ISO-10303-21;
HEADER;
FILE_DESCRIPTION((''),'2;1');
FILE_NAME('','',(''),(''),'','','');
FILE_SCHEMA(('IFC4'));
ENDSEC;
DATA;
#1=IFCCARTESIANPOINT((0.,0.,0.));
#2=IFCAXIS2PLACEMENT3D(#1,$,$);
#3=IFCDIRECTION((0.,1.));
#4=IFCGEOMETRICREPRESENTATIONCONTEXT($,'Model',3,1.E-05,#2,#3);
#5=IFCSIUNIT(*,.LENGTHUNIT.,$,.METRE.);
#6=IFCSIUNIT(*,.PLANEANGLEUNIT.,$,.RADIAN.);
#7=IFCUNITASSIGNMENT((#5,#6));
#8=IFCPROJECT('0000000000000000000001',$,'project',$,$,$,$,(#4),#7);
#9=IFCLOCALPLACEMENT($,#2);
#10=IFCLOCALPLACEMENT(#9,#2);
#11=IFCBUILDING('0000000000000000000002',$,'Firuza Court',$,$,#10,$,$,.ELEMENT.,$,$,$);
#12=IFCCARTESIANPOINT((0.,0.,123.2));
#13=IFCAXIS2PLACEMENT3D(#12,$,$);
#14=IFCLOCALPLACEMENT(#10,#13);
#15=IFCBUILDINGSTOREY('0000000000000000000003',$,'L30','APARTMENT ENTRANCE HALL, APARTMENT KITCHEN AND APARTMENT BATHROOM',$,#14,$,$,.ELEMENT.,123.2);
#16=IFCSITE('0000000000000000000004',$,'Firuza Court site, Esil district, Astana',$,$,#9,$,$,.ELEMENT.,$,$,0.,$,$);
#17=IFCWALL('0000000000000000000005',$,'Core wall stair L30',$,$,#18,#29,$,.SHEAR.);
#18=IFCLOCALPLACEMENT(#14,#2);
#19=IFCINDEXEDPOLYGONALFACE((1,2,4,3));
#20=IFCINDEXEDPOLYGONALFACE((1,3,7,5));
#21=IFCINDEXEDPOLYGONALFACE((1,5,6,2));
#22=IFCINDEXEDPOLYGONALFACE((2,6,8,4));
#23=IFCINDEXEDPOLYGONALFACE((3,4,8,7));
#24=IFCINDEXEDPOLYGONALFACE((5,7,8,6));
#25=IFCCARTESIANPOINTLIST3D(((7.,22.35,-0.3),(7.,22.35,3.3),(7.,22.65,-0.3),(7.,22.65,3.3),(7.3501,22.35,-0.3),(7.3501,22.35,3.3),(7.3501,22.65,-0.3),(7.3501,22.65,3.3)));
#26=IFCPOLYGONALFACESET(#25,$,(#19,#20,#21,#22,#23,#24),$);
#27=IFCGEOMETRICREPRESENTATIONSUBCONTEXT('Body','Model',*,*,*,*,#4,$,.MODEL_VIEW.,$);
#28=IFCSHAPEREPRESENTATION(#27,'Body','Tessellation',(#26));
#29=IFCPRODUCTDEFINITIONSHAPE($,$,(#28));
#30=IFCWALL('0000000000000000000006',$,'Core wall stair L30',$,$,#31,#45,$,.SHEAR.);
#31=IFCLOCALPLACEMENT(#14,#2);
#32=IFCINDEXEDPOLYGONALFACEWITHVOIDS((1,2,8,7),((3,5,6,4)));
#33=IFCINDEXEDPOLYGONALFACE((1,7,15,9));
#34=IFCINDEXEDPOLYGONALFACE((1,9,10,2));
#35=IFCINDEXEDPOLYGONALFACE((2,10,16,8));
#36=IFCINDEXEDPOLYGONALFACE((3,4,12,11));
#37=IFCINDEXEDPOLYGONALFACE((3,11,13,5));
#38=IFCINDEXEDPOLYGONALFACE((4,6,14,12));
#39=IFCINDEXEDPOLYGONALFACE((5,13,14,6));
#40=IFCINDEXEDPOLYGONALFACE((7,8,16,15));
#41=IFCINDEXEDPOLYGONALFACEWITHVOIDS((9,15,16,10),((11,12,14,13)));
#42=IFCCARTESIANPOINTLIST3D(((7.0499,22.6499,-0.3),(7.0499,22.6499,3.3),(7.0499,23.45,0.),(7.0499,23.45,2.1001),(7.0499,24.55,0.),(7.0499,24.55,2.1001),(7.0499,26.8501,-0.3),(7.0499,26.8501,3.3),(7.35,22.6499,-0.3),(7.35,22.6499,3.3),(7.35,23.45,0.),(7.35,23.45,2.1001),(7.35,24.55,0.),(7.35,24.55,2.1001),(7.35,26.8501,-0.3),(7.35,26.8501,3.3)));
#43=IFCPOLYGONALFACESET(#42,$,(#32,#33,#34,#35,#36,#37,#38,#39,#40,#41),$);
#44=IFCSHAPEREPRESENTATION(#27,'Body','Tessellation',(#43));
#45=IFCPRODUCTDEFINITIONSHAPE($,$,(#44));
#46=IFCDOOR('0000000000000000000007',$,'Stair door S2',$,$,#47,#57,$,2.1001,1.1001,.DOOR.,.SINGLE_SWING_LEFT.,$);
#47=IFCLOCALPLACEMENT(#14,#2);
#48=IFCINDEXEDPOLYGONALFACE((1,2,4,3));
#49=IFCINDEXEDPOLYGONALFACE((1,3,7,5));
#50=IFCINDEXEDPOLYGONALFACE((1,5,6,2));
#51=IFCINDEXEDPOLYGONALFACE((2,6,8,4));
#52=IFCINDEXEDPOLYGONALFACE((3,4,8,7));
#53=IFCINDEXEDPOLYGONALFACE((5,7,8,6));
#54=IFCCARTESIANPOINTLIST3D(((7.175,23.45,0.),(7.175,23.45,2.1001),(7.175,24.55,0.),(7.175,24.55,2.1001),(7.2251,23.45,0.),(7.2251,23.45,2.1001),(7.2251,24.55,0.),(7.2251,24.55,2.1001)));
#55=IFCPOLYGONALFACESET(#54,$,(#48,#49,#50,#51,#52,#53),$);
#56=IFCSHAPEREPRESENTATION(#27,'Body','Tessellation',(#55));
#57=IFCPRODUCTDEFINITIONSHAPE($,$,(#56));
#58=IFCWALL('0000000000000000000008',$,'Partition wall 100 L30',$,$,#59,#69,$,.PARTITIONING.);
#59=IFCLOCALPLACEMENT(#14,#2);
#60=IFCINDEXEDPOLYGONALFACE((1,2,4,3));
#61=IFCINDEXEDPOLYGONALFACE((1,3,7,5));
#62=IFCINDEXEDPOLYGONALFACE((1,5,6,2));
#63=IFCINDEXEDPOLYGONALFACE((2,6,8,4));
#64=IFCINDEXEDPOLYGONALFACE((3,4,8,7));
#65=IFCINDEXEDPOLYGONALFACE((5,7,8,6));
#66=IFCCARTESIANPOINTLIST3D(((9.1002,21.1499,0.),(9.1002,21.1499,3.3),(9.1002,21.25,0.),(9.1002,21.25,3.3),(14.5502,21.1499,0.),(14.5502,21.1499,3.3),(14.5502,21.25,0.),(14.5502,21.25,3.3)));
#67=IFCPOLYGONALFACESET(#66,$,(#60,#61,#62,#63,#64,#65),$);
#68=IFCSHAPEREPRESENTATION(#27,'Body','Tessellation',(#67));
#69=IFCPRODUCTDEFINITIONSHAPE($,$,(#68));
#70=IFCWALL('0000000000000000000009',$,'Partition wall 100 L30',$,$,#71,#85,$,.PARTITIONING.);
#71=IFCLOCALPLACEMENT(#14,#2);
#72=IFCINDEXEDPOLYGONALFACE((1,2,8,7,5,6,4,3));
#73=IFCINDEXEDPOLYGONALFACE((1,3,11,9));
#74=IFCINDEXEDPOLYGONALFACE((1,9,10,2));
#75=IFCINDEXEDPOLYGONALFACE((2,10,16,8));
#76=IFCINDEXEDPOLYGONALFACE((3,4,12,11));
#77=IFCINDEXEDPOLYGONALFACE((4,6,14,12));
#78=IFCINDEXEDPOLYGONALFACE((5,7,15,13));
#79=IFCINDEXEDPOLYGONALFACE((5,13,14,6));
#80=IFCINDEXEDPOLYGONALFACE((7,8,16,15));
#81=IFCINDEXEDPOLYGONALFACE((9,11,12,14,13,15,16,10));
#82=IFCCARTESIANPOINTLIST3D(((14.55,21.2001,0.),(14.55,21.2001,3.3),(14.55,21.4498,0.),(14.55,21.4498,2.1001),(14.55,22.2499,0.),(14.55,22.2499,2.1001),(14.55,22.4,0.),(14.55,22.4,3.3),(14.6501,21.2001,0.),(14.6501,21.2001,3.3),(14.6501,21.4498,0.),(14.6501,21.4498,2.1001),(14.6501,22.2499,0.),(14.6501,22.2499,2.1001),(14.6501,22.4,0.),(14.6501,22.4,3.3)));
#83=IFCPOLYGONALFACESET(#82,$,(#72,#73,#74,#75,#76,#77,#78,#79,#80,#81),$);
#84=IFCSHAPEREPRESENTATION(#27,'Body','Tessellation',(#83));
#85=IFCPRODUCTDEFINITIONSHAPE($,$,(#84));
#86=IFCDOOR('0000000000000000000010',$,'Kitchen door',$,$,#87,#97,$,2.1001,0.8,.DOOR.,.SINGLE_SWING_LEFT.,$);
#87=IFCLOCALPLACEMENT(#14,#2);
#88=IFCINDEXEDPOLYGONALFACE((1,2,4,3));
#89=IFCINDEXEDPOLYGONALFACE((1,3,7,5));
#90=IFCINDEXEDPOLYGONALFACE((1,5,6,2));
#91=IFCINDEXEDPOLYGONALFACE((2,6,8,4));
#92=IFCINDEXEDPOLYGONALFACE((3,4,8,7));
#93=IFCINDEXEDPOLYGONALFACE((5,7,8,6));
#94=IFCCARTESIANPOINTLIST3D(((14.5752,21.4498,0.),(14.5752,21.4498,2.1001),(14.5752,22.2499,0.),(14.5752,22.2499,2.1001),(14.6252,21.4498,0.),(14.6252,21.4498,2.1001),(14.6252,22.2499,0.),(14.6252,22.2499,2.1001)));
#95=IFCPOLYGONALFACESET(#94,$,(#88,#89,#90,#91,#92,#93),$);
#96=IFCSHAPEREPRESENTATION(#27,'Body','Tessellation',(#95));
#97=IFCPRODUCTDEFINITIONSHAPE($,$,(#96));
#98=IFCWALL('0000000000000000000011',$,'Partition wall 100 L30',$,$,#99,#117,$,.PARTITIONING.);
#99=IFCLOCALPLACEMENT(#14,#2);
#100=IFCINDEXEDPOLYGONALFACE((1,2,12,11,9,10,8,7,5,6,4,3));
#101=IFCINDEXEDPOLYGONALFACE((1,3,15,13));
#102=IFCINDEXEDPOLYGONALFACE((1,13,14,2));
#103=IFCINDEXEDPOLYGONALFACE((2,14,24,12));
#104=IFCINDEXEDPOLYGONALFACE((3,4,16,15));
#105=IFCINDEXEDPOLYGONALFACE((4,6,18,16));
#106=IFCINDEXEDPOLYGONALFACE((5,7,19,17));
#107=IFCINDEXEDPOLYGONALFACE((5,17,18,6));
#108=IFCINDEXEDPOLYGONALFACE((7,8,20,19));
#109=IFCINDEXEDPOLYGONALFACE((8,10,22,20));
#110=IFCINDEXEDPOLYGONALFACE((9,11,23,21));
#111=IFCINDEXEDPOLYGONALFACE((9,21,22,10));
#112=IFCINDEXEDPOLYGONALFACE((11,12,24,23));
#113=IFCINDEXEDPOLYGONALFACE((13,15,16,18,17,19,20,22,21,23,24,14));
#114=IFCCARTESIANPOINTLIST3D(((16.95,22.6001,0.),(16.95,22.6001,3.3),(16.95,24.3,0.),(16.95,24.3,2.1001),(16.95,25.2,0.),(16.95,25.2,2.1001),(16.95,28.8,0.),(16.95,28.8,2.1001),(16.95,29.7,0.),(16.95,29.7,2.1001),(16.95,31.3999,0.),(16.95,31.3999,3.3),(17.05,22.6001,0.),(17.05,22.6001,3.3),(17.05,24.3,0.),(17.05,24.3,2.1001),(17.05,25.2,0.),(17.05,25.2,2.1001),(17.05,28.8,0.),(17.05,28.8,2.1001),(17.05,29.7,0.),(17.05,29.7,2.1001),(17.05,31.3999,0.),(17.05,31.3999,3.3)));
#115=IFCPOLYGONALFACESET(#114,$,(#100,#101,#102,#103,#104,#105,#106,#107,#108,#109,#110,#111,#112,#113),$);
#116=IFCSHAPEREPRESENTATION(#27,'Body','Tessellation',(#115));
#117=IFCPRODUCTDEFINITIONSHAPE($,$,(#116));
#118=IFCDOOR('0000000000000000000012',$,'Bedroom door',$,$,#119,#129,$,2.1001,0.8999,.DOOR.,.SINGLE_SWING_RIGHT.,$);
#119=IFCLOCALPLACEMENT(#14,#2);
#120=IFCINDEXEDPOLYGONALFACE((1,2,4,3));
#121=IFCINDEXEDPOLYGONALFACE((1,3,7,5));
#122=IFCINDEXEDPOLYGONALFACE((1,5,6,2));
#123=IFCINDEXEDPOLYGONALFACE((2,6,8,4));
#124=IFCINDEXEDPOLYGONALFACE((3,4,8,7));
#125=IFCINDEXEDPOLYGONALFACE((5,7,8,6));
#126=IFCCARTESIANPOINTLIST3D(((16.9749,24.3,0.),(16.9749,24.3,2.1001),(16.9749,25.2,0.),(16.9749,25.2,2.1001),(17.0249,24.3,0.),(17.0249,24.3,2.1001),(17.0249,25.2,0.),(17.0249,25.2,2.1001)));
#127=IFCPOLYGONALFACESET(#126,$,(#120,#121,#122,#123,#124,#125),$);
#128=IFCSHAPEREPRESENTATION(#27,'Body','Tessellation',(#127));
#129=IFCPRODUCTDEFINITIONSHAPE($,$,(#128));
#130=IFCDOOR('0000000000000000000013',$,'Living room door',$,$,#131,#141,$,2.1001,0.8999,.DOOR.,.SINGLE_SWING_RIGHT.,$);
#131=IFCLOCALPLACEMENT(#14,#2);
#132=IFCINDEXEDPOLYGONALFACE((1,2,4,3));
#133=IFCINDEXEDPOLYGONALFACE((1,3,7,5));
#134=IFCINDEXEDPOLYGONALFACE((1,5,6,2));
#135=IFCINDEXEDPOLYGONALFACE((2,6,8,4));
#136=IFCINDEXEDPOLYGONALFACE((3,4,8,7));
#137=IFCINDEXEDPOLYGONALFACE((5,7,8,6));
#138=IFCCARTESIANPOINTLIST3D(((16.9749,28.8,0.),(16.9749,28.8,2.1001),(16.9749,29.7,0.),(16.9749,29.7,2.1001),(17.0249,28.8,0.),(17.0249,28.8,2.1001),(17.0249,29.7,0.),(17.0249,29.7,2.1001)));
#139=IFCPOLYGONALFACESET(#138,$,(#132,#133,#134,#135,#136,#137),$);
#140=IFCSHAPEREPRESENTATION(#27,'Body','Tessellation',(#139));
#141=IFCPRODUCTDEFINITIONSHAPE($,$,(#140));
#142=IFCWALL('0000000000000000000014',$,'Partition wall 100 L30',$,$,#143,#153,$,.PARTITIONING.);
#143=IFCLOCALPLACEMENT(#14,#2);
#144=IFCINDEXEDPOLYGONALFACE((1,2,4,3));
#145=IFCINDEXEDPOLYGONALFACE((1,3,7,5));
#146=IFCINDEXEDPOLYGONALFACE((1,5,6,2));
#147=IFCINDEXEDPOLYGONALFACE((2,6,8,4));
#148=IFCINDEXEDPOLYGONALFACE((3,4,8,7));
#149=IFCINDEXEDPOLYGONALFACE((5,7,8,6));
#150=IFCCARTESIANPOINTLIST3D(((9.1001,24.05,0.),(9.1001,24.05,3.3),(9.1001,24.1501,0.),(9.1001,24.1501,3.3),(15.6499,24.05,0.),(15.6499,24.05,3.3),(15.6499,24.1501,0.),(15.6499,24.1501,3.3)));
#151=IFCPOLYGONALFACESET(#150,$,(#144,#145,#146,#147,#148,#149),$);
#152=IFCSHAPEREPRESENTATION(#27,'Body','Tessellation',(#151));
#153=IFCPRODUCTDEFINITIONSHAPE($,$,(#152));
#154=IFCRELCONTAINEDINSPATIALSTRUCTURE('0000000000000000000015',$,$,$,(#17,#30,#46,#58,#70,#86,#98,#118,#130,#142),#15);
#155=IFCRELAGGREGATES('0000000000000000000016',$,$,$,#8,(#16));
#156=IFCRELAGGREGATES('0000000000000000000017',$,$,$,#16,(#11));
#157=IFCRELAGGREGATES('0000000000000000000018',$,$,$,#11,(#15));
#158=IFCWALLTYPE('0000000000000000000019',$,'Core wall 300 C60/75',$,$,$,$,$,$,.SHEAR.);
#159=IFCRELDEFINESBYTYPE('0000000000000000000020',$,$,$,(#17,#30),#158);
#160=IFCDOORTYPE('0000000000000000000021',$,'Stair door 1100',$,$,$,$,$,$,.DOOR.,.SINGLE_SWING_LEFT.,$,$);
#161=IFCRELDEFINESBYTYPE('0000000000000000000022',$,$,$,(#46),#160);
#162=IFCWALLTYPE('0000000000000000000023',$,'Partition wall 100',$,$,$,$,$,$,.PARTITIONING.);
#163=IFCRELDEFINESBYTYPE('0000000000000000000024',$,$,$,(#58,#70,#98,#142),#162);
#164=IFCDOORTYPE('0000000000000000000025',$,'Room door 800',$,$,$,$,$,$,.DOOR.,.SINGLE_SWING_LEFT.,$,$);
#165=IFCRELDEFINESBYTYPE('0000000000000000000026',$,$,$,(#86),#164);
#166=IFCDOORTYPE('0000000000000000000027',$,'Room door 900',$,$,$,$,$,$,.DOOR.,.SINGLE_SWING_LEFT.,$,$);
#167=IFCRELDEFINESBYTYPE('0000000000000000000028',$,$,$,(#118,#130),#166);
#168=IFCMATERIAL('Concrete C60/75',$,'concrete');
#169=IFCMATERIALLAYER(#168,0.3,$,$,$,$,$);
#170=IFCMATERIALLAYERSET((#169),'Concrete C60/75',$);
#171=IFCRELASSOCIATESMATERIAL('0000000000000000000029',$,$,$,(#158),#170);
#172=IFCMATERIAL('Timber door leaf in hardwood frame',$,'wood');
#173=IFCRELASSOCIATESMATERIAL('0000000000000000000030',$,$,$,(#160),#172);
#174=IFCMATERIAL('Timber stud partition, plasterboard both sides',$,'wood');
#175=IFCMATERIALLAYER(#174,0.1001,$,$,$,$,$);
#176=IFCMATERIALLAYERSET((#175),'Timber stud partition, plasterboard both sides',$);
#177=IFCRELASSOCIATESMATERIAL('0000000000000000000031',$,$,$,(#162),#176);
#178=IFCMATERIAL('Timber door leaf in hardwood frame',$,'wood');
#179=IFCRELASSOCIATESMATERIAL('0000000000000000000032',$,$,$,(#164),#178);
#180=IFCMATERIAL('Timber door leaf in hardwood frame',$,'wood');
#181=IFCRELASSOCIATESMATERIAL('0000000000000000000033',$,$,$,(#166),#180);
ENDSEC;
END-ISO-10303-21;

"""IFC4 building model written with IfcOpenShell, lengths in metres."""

from ifc_helpers import new_model, si_unit, direction, frame, frame_2d, origin, place, context, subcontext, project, spatial, rectangle, extrude, material, layer, layer_set, type_object, element, fill, save


model = new_model("IFC4")

# Units and contexts
model_context = context("Model", 3, precision=1e-05, world=origin(), true_north=direction((0.0, 1.0)))
body_context = subcontext(model_context, "Body", "Model", "MODEL_VIEW")
ifc_project = project(units=[si_unit("LENGTHUNIT", "METRE"), si_unit("PLANEANGLEUNIT", "RADIAN")], contexts=[model_context])

# Site, building, storey
site_placement = place(None, origin())
site = spatial("IfcSite", under=ifc_project, at=site_placement, Name="Firuza Court site, Esil district, Astana", CompositionType="ELEMENT", RefElevation=0.0)
building_placement = place(site_placement, origin())
building = spatial("IfcBuilding", under=site, at=building_placement, Name="Firuza Court", CompositionType="ELEMENT")
storey_placement = place(building_placement, frame((0.0, 0.0, 123.2)))
storey = spatial("IfcBuildingStorey", under=building, at=storey_placement, Name="L30", Description="APARTMENT ENTRANCE HALL, APARTMENT KITCHEN AND APARTMENT BATHROOM", CompositionType="ELEMENT", Elevation=123.2)

# Wall
ifc_material_1 = material(Name="Concrete C60/75", Category="concrete")
ifc_layer_1 = layer(ifc_material_1, 0.3)
ifc_layer_set_1 = layer_set([ifc_layer_1], Name="Concrete C60/75")
wall_type_1 = type_object("IfcWallType", Name="Core wall 300 C60/75", PredefinedType="SHEAR", material=ifc_layer_set_1)
wall_1_placement = place(storey_placement, frame((7.0, 22.5, -0.3), z_axis=(0.0, 0.0, 1.0), x_axis=(1.0, 0.0, 0.0)))
element("IfcWall", 1, at=wall_1_placement, inside=storey, type_object=wall_type_1, Name="Core wall stair L30", PredefinedType="SHEAR", context=body_context, shape_type="SweptSolid", body=[
    extrude(rectangle(XDim=0.3501, YDim=0.3, at=frame_2d((0.175, 0.0))), origin(), (0.0, 0.0, 1.0), 3.6001),
])

# Wall, opening, door
wall_2_placement = place(storey_placement, frame((7.2, 22.6499, -0.3), z_axis=(0.0, 0.0, 1.0), x_axis=(0.0, 1.0, 0.0)))
wall_2 = element("IfcWall", 2, at=wall_2_placement, inside=storey, type_object=wall_type_1, Name="Core wall stair L30", PredefinedType="SHEAR", context=body_context, shape_type="SweptSolid", body=[
    extrude(rectangle(XDim=4.2002, YDim=0.3, at=frame_2d((2.1001, 0.0))), origin(), (0.0, 0.0, 1.0), 3.6001),
])
opening_1_placement = place(wall_2_placement, frame((0.8, 0.0, 0.3)))
opening_1 = element("IfcOpeningElement", 3, at=opening_1_placement, cuts=wall_2, PredefinedType="OPENING", context=body_context, shape_type="SweptSolid", body=[
    extrude(rectangle(XDim=1.1001, YDim=2.1001, at=frame_2d((0.55, 1.05))), frame((0.0, 0.1621, 0.0), z_axis=(0.0, -1.0, 0.0), x_axis=(1.0, 0.0, 0.0)), (0.0, 0.0, 1.0), 0.324),
])
ifc_material_2 = material(Name="Timber door leaf in hardwood frame", Category="wood")
door_type_1 = type_object("IfcDoorType", Name="Stair door 1100", OperationType="SINGLE_SWING_LEFT", PredefinedType="DOOR", material=ifc_material_2)
door_1_placement = place(opening_1_placement, origin())
door_1 = element("IfcDoor", 4, at=door_1_placement, inside=storey, type_object=door_type_1, Name="Stair door S2", OperationType="SINGLE_SWING_LEFT", OverallHeight=2.1001, OverallWidth=1.1001, PredefinedType="DOOR", context=body_context, shape_type="SweptSolid", body=[
    extrude(rectangle(XDim=1.1001, YDim=2.1001, at=frame_2d((0.55, 1.05))), frame((0.0, 0.0249, 0.0), z_axis=(0.0, -1.0, 0.0), x_axis=(1.0, 0.0, 0.0)), (0.0, 0.0, 1.0), 0.05),
])
fill(opening_1, door_1)

# Wall
ifc_material_3 = material(Name="Timber stud partition, plasterboard both sides", Category="wood")
ifc_layer_2 = layer(ifc_material_3, 0.1001)
ifc_layer_set_2 = layer_set([ifc_layer_2], Name="Timber stud partition, plasterboard both sides")
wall_type_2 = type_object("IfcWallType", Name="Partition wall 100", PredefinedType="PARTITIONING", material=ifc_layer_set_2)
wall_3_placement = place(storey_placement, frame((9.1001, 21.2, 0.0), z_axis=(0.0, 0.0, 1.0), x_axis=(1.0, 0.0, 0.0)))
element("IfcWall", 5, at=wall_3_placement, inside=storey, type_object=wall_type_2, Name="Partition wall 100 L30", PredefinedType="PARTITIONING", context=body_context, shape_type="SweptSolid", body=[
    extrude(rectangle(XDim=5.45, YDim=0.1001, at=frame_2d((2.7251, 0.0))), origin(), (0.0, 0.0, 1.0), 3.3),
])

# Wall, opening, door
wall_4_placement = place(storey_placement, frame((14.6001, 21.2, 0.0), z_axis=(0.0, 0.0, 1.0), x_axis=(0.0, 1.0, 0.0)))
wall_4 = element("IfcWall", 6, at=wall_4_placement, inside=storey, type_object=wall_type_2, Name="Partition wall 100 L30", PredefinedType="PARTITIONING", context=body_context, shape_type="SweptSolid", body=[
    extrude(rectangle(XDim=1.2, YDim=0.1001, at=frame_2d((0.6001, 0.0))), origin(), (0.0, 0.0, 1.0), 3.3),
])
opening_2_placement = place(wall_4_placement, frame((0.25, 0.0, 0.0)))
opening_2 = element("IfcOpeningElement", 7, at=opening_2_placement, cuts=wall_4, PredefinedType="OPENING", context=body_context, shape_type="SweptSolid", body=[
    extrude(rectangle(XDim=0.8, YDim=2.1001, at=frame_2d((0.3999, 1.05))), frame((0.0, 0.062, 0.0), z_axis=(0.0, -1.0, 0.0), x_axis=(1.0, 0.0, 0.0)), (0.0, 0.0, 1.0), 0.124),
])
ifc_material_4 = material(Name="Timber door leaf in hardwood frame", Category="wood")
door_type_2 = type_object("IfcDoorType", Name="Room door 800", OperationType="SINGLE_SWING_LEFT", PredefinedType="DOOR", material=ifc_material_4)
door_2_placement = place(opening_2_placement, origin())
door_2 = element("IfcDoor", 8, at=door_2_placement, inside=storey, type_object=door_type_2, Name="Kitchen door", OperationType="SINGLE_SWING_LEFT", OverallHeight=2.1001, OverallWidth=0.8, PredefinedType="DOOR", context=body_context, shape_type="SweptSolid", body=[
    extrude(rectangle(XDim=0.8, YDim=2.1001, at=frame_2d((0.3999, 1.05))), frame((0.0, 0.0249, 0.0), z_axis=(0.0, -1.0, 0.0), x_axis=(1.0, 0.0, 0.0)), (0.0, 0.0, 1.0), 0.05),
])
fill(opening_2, door_2)

# Wall, openings, doors
wall_5_placement = place(storey_placement, frame((17.0, 22.6001, 0.0), z_axis=(0.0, 0.0, 1.0), x_axis=(0.0, 1.0, 0.0)))
wall_5 = element("IfcWall", 9, at=wall_5_placement, inside=storey, type_object=wall_type_2, Name="Partition wall 100 L30", PredefinedType="PARTITIONING", context=body_context, shape_type="SweptSolid", body=[
    extrude(rectangle(XDim=8.7998, YDim=0.1001, at=frame_2d((4.3999, 0.0))), origin(), (0.0, 0.0, 1.0), 3.3),
])
opening_3_placement = place(wall_5_placement, frame((1.7, 0.0, 0.0)))
opening_3 = element("IfcOpeningElement", 10, at=opening_3_placement, cuts=wall_5, PredefinedType="OPENING", context=body_context, shape_type="SweptSolid", body=[
    extrude(rectangle(XDim=0.8999, YDim=2.1001, at=frame_2d((0.45, 1.05))), frame((0.0, 0.062, 0.0), z_axis=(0.0, -1.0, 0.0), x_axis=(1.0, 0.0, 0.0)), (0.0, 0.0, 1.0), 0.124),
])
opening_4_placement = place(wall_5_placement, frame((6.2, 0.0, 0.0)))
opening_4 = element("IfcOpeningElement", 11, at=opening_4_placement, cuts=wall_5, PredefinedType="OPENING", context=body_context, shape_type="SweptSolid", body=[
    extrude(rectangle(XDim=0.8999, YDim=2.1001, at=frame_2d((0.45, 1.05))), frame((0.0, 0.062, 0.0), z_axis=(0.0, -1.0, 0.0), x_axis=(1.0, 0.0, 0.0)), (0.0, 0.0, 1.0), 0.124),
])
ifc_material_5 = material(Name="Timber door leaf in hardwood frame", Category="wood")
door_type_3 = type_object("IfcDoorType", Name="Room door 900", OperationType="SINGLE_SWING_LEFT", PredefinedType="DOOR", material=ifc_material_5)
door_3_placement = place(opening_3_placement, frame((0.8999, 0.0, 0.0), z_axis=(0.0, 0.0, 1.0), x_axis=(-1.0, 0.0, 0.0)))
door_3 = element("IfcDoor", 12, at=door_3_placement, inside=storey, type_object=door_type_3, Name="Bedroom door", OperationType="SINGLE_SWING_RIGHT", OverallHeight=2.1001, OverallWidth=0.8999, PredefinedType="DOOR", context=body_context, shape_type="SweptSolid", body=[
    extrude(rectangle(XDim=0.8999, YDim=2.1001, at=frame_2d((0.45, 1.05))), frame((0.0, 0.0249, 0.0), z_axis=(0.0, -1.0, 0.0), x_axis=(1.0, 0.0, 0.0)), (0.0, 0.0, 1.0), 0.05),
])
fill(opening_3, door_3)
door_4_placement = place(opening_4_placement, frame((0.8999, 0.0, 0.0), z_axis=(0.0, 0.0, 1.0), x_axis=(-1.0, 0.0, 0.0)))
door_4 = element("IfcDoor", 13, at=door_4_placement, inside=storey, type_object=door_type_3, Name="Living room door", OperationType="SINGLE_SWING_RIGHT", OverallHeight=2.1001, OverallWidth=0.8999, PredefinedType="DOOR", context=body_context, shape_type="SweptSolid", body=[
    extrude(rectangle(XDim=0.8999, YDim=2.1001, at=frame_2d((0.45, 1.05))), frame((0.0, 0.0249, 0.0), z_axis=(0.0, -1.0, 0.0), x_axis=(1.0, 0.0, 0.0)), (0.0, 0.0, 1.0), 0.05),
])
fill(opening_4, door_4)

# Wall
wall_6_placement = place(storey_placement, frame((9.1001, 24.1001, 0.0), z_axis=(0.0, 0.0, 1.0), x_axis=(1.0, 0.0, 0.0)))
element("IfcWall", 14, at=wall_6_placement, inside=storey, type_object=wall_type_2, Name="Partition wall 100 L30", PredefinedType="PARTITIONING", context=body_context, shape_type="SweptSolid", body=[
    extrude(rectangle(XDim=6.5498, YDim=0.1001, at=frame_2d((3.2749, 0.0))), origin(), (0.0, 0.0, 1.0), 3.3),
])

save(model, "model.ifc")
